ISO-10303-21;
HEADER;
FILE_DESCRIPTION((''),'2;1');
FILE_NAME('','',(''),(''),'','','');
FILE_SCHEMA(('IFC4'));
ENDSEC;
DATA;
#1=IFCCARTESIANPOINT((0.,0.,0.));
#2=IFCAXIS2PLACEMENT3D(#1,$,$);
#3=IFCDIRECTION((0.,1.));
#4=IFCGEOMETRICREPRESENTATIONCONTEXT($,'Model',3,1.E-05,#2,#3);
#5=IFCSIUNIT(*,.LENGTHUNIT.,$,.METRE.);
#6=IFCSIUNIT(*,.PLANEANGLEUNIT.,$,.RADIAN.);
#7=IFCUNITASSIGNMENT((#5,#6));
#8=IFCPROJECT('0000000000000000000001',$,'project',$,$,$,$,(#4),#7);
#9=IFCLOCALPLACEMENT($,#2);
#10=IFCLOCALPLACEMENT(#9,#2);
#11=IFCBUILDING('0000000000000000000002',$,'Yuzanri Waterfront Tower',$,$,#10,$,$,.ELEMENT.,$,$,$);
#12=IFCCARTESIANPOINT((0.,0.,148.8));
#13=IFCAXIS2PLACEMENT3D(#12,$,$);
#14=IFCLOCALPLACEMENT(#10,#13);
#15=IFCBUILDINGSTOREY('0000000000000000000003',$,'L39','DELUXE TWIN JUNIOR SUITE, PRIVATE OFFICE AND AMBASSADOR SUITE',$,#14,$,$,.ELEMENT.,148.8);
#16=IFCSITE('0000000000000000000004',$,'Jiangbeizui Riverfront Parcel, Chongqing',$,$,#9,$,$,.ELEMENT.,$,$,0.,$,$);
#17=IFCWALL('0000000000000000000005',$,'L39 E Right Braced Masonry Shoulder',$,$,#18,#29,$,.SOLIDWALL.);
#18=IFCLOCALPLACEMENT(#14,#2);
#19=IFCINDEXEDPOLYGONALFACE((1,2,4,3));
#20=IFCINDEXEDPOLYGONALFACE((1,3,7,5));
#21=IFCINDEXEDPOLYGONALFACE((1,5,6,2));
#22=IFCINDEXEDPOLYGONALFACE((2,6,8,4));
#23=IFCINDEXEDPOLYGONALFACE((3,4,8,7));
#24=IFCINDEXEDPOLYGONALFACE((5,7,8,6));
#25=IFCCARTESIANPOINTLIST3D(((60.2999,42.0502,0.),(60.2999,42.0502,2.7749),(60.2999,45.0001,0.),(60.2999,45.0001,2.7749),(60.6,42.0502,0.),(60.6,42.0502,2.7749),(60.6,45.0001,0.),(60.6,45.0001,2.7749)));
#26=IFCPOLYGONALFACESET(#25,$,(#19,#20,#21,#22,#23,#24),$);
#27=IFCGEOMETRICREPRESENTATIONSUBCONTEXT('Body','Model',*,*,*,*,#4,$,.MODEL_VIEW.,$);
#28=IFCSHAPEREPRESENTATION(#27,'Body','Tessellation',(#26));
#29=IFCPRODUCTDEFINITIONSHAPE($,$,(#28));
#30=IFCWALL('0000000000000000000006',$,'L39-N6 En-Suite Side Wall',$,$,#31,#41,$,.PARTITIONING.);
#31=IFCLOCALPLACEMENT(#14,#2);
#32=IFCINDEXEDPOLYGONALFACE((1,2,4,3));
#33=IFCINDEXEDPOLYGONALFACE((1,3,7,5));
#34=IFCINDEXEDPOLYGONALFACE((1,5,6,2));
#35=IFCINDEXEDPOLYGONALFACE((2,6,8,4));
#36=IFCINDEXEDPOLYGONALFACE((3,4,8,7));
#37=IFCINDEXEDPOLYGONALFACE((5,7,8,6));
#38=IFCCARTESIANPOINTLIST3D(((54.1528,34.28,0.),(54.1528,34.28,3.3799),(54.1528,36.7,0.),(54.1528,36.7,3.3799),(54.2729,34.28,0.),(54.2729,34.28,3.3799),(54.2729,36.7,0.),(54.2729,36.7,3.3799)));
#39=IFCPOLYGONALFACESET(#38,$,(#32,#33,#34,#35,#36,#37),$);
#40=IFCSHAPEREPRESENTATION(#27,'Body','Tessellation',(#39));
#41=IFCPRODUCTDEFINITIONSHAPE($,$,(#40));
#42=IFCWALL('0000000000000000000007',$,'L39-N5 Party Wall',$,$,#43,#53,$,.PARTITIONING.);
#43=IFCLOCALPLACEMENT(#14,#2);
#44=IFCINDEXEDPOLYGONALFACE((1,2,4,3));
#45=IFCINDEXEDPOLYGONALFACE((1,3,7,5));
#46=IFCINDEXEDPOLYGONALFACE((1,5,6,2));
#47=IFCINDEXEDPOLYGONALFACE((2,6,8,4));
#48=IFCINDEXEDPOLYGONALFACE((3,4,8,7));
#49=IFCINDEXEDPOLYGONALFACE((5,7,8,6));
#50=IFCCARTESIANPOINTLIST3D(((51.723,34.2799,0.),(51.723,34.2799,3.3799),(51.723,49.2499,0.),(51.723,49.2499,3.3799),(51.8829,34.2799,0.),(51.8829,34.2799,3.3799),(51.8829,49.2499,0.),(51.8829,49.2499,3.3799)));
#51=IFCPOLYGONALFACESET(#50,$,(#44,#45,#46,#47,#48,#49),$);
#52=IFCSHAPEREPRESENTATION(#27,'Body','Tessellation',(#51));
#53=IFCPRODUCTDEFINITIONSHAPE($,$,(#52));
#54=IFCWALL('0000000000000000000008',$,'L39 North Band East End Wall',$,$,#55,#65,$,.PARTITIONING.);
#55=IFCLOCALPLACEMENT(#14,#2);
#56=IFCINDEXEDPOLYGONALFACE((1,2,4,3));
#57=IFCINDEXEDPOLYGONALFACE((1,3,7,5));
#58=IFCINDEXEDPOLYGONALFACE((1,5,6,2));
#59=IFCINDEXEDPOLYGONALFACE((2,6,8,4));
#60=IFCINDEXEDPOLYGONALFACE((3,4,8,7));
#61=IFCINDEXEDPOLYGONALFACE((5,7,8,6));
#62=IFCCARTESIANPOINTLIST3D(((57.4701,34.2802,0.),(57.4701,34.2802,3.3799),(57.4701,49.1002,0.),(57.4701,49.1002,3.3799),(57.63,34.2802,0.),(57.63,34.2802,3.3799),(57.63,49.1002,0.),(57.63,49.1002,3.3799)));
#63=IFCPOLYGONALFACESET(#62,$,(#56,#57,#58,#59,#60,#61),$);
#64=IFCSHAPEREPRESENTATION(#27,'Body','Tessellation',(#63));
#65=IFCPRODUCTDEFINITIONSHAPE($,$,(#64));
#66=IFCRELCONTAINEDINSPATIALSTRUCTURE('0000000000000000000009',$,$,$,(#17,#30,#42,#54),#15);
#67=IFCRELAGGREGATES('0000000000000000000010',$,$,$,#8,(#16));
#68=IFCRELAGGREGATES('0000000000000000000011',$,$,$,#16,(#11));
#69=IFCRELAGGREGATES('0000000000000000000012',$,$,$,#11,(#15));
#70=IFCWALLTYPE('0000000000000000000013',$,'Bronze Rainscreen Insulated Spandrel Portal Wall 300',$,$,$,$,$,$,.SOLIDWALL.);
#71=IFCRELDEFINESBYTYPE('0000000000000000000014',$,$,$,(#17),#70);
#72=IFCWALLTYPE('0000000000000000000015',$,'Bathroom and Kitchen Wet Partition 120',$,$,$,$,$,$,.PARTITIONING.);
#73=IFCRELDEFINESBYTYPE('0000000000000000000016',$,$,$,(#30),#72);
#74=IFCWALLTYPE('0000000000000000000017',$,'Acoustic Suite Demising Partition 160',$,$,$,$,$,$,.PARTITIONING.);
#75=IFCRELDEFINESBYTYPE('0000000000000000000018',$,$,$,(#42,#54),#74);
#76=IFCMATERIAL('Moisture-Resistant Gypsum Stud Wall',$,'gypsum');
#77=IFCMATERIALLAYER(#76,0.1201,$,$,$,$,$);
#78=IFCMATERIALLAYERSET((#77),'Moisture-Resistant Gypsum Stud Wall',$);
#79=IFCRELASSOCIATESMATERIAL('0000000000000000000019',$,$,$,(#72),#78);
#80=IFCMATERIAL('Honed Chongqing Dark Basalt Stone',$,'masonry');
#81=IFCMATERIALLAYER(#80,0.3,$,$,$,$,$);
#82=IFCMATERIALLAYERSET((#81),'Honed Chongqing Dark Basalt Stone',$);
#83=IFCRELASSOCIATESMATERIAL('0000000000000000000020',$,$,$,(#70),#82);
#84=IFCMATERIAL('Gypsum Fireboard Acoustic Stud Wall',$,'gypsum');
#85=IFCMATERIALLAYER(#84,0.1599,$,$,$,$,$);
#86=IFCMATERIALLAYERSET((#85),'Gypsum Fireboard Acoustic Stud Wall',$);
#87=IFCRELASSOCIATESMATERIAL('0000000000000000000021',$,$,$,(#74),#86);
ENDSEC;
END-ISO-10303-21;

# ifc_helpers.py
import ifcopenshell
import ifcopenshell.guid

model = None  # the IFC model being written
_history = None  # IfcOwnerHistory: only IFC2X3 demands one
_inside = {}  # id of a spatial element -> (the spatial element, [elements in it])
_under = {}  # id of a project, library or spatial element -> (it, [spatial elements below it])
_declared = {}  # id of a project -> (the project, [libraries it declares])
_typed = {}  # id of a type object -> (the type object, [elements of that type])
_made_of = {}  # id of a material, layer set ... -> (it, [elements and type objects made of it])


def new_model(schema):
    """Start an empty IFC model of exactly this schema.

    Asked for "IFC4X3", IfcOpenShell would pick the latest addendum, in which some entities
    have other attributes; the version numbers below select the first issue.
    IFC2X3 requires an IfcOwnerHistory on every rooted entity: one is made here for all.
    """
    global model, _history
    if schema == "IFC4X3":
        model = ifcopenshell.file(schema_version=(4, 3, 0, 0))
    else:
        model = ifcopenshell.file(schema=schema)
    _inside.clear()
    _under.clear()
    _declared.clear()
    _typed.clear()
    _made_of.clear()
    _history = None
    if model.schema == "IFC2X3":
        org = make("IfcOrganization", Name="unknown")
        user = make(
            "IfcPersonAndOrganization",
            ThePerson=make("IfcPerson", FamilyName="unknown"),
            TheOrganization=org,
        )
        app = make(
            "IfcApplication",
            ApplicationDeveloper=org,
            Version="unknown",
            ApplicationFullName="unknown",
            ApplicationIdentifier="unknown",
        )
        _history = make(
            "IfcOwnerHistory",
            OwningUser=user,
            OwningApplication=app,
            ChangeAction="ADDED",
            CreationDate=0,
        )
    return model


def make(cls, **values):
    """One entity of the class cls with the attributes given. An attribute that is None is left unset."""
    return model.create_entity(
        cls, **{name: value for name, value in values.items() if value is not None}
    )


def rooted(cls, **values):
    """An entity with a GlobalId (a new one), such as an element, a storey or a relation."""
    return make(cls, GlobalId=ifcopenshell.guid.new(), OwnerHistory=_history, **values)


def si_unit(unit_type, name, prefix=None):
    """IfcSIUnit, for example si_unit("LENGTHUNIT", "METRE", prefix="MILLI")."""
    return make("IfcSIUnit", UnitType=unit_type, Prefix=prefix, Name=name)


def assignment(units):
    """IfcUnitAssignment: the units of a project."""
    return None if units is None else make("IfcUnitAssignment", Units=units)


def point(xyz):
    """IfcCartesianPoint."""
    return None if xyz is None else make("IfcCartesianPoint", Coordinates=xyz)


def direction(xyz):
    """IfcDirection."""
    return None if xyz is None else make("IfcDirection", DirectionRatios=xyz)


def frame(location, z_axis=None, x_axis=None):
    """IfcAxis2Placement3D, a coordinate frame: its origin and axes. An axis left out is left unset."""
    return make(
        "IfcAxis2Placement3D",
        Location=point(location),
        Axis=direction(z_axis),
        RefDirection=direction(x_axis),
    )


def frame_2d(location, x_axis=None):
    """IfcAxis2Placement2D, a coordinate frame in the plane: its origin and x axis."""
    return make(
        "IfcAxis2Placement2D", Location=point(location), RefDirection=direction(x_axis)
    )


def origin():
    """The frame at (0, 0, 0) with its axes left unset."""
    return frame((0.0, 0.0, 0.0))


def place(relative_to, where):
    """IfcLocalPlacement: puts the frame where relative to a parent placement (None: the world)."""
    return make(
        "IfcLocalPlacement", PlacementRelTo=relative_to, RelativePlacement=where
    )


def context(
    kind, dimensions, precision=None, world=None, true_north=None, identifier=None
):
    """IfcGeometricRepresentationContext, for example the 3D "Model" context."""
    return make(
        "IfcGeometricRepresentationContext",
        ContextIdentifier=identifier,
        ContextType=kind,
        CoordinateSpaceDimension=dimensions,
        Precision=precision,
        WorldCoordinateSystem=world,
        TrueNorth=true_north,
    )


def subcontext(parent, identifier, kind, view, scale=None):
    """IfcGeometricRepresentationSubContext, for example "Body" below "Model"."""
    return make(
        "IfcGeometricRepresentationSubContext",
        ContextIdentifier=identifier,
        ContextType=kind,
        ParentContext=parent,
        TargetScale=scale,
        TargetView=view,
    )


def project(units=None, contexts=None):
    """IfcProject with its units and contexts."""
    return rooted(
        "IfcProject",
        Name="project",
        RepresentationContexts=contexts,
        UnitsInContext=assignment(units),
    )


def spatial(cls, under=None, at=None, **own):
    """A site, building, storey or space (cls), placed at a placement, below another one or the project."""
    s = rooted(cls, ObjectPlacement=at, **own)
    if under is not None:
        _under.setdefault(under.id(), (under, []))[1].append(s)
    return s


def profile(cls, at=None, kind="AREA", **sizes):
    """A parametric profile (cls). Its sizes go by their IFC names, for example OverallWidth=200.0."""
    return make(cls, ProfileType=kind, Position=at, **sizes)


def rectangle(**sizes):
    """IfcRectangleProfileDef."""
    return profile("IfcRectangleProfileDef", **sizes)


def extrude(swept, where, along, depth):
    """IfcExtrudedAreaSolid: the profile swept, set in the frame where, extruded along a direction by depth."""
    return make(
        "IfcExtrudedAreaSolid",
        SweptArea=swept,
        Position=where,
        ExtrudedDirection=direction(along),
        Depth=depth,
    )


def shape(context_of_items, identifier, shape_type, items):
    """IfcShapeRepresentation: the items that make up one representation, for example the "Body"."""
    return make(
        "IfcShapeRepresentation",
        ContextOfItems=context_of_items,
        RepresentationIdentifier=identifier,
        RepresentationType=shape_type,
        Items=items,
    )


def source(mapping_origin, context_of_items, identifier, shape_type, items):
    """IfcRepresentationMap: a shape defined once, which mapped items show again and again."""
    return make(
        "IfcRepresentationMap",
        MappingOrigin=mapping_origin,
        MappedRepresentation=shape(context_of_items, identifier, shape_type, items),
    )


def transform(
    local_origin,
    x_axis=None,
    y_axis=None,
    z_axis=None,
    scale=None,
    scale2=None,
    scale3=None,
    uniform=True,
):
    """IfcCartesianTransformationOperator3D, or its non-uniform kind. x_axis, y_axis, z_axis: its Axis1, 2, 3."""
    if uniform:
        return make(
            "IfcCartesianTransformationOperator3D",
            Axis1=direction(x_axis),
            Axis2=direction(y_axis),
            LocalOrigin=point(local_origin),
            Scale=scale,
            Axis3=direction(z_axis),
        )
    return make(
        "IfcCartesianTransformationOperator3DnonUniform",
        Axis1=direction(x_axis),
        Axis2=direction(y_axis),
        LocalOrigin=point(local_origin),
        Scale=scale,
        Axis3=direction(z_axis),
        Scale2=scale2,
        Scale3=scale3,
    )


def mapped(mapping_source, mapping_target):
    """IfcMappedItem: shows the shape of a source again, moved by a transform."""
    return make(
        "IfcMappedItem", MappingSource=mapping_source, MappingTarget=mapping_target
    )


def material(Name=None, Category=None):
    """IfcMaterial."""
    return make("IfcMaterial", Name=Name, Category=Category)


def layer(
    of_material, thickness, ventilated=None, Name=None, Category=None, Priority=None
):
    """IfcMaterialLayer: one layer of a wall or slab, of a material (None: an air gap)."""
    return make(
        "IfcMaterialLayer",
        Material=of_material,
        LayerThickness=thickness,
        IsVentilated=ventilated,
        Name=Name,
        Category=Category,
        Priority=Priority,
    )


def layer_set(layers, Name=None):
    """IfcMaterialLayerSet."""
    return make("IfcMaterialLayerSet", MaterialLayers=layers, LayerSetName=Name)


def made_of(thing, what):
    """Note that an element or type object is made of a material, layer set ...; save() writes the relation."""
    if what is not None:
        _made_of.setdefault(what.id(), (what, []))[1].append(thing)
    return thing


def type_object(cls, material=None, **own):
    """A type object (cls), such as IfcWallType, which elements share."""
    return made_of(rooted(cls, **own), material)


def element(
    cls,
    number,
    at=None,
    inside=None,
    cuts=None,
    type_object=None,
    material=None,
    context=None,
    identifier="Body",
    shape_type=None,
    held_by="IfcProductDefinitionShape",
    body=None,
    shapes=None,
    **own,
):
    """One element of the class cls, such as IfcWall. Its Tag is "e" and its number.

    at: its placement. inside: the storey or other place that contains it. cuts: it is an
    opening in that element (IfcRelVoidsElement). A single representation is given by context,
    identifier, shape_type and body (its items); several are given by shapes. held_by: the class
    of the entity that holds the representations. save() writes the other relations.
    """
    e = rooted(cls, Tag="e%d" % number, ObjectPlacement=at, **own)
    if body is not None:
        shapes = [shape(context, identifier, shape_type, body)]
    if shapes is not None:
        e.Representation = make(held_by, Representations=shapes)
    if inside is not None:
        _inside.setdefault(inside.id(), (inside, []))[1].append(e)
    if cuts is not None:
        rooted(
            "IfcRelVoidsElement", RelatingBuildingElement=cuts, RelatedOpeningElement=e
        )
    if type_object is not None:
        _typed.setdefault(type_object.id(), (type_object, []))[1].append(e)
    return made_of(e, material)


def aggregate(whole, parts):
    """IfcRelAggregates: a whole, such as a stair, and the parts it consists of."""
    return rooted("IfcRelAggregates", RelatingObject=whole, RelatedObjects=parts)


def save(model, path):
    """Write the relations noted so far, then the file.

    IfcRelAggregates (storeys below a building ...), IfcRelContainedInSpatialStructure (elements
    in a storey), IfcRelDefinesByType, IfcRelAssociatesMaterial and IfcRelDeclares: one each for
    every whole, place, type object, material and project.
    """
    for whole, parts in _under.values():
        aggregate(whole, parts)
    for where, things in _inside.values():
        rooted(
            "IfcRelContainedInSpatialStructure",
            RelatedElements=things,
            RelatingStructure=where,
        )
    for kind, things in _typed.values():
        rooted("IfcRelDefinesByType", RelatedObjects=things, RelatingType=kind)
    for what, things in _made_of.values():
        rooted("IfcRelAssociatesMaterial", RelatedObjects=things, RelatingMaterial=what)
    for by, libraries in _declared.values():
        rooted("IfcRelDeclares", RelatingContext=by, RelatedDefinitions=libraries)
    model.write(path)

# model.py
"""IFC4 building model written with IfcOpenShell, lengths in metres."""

from ifc_helpers import new_model, si_unit, direction, frame, frame_2d, origin, place, context, subcontext, project, spatial, rectangle, extrude, source, transform, mapped, material, layer, layer_set, type_object, element, save


model = new_model("IFC4")

# Units and contexts
model_context = context("Model", 3, precision=1e-05, world=origin(), true_north=direction((0.0, 1.0)))
body_context = subcontext(model_context, "Body", "Model", "MODEL_VIEW")
ifc_project = project(units=[si_unit("LENGTHUNIT", "METRE"), si_unit("PLANEANGLEUNIT", "RADIAN")], contexts=[model_context])

# Site, building, storey
site_placement = place(None, origin())
site = spatial("IfcSite", under=ifc_project, at=site_placement, Name="Jiangbeizui Riverfront Parcel, Chongqing", CompositionType="ELEMENT", RefElevation=0.0)
building_placement = place(site_placement, origin())
building = spatial("IfcBuilding", under=site, at=building_placement, Name="Yuzanri Waterfront Tower", CompositionType="ELEMENT")
storey_placement = place(building_placement, frame((0.0, 0.0, 148.8)))
storey = spatial("IfcBuildingStorey", under=building, at=storey_placement, Name="L39", Description="DELUXE TWIN JUNIOR SUITE, PRIVATE OFFICE AND AMBASSADOR SUITE", CompositionType="ELEMENT", Elevation=148.8)

# Shared definitions
ifc_material_1 = material(Name="Moisture-Resistant Gypsum Stud Wall", Category="gypsum")
ifc_layer_1 = layer(ifc_material_1, 0.1201)
ifc_layer_set_1 = layer_set([ifc_layer_1], Name="Moisture-Resistant Gypsum Stud Wall")
wall_type_1 = type_object("IfcWallType", Name="Bathroom and Kitchen Wet Partition 120", PredefinedType="PARTITIONING", material=ifc_layer_set_1)

# Shared definitions
ifc_material_2 = material(Name="Honed Chongqing Dark Basalt Stone", Category="masonry")
ifc_layer_2 = layer(ifc_material_2, 0.3)
ifc_layer_set_2 = layer_set([ifc_layer_2], Name="Honed Chongqing Dark Basalt Stone")
wall_type_2 = type_object("IfcWallType", Name="Bronze Rainscreen Insulated Spandrel Portal Wall 300", PredefinedType="SOLIDWALL", material=ifc_layer_set_2)

# Walls
shared_shape_1 = source(origin(), body_context, "Body", "SweptSolid", [
    extrude(rectangle(XDim=2.95, YDim=0.3, at=frame_2d((1.4751, 0.0))), origin(), (0.0, 0.0, 1.0), 2.7749),
])
for number, where, z_axis, x_axis, name in (
    (1, (60.45, 42.05, 0.0), (0.0, 0.0, 1.0), (0.0, 1.0, 0.0), "L39 E Right Braced Masonry Shoulder"),
):
    element("IfcWall", number, at=place(storey_placement, frame(where, z_axis=z_axis, x_axis=x_axis)), inside=storey, type_object=wall_type_2, Name=name, PredefinedType="SOLIDWALL", context=body_context, shape_type="MappedRepresentation", body=[
        mapped(shared_shape_1, transform((0.0, 0.0, 0.0), scale=1.0)),
    ])
shared_shape_2 = source(origin(), body_context, "Body", "SweptSolid", [
    extrude(rectangle(XDim=2.4199, YDim=0.1201, at=frame_2d((1.21, 0.0))), origin(), (0.0, 0.0, 1.0), 3.3799),
])
wall_1_placement = place(storey_placement, frame((54.2129, 34.28, 0.0), z_axis=(0.0, 0.0, 1.0), x_axis=(0.0, 1.0, 0.0)))
element("IfcWall", 2, at=wall_1_placement, inside=storey, type_object=wall_type_1, Name="L39-N6 En-Suite Side Wall", PredefinedType="PARTITIONING", context=body_context, shape_type="MappedRepresentation", body=[
    mapped(shared_shape_2, transform((0.0, 0.0, 0.0), scale=1.0)),
])
ifc_material_3 = material(Name="Gypsum Fireboard Acoustic Stud Wall", Category="gypsum")
ifc_layer_3 = layer(ifc_material_3, 0.1599)
ifc_layer_set_3 = layer_set([ifc_layer_3], Name="Gypsum Fireboard Acoustic Stud Wall")
wall_type_3 = type_object("IfcWallType", Name="Acoustic Suite Demising Partition 160", PredefinedType="PARTITIONING", material=ifc_layer_set_3)
shared_shape_3 = source(origin(), body_context, "Body", "SweptSolid", [
    extrude(rectangle(XDim=14.97, YDim=0.1599, at=frame_2d((7.4849, 0.0))), origin(), (0.0, 0.0, 1.0), 3.3799),
])
wall_2_placement = place(storey_placement, frame((51.803, 34.28, 0.0), z_axis=(0.0, 0.0, 1.0), x_axis=(0.0, 1.0, 0.0)))
element("IfcWall", 3, at=wall_2_placement, inside=storey, type_object=wall_type_3, Name="L39-N5 Party Wall", PredefinedType="PARTITIONING", context=body_context, shape_type="MappedRepresentation", body=[
    mapped(shared_shape_3, transform((0.0, 0.0, 0.0), scale=1.0)),
])
shared_shape_4 = source(origin(), body_context, "Body", "SweptSolid", [
    extrude(rectangle(XDim=14.8201, YDim=0.1599, at=frame_2d((7.4102, 0.0))), origin(), (0.0, 0.0, 1.0), 3.3799),
])
wall_3_placement = place(storey_placement, frame((57.55, 34.28, 0.0), z_axis=(0.0, 0.0, 1.0), x_axis=(0.0, 1.0, 0.0)))
element("IfcWall", 4, at=wall_3_placement, inside=storey, type_object=wall_type_3, Name="L39 North Band East End Wall", PredefinedType="PARTITIONING", context=body_context, shape_type="MappedRepresentation", body=[
    mapped(shared_shape_4, transform((0.0, 0.0, 0.0), scale=1.0)),
])

save(model, "model.ifc")
